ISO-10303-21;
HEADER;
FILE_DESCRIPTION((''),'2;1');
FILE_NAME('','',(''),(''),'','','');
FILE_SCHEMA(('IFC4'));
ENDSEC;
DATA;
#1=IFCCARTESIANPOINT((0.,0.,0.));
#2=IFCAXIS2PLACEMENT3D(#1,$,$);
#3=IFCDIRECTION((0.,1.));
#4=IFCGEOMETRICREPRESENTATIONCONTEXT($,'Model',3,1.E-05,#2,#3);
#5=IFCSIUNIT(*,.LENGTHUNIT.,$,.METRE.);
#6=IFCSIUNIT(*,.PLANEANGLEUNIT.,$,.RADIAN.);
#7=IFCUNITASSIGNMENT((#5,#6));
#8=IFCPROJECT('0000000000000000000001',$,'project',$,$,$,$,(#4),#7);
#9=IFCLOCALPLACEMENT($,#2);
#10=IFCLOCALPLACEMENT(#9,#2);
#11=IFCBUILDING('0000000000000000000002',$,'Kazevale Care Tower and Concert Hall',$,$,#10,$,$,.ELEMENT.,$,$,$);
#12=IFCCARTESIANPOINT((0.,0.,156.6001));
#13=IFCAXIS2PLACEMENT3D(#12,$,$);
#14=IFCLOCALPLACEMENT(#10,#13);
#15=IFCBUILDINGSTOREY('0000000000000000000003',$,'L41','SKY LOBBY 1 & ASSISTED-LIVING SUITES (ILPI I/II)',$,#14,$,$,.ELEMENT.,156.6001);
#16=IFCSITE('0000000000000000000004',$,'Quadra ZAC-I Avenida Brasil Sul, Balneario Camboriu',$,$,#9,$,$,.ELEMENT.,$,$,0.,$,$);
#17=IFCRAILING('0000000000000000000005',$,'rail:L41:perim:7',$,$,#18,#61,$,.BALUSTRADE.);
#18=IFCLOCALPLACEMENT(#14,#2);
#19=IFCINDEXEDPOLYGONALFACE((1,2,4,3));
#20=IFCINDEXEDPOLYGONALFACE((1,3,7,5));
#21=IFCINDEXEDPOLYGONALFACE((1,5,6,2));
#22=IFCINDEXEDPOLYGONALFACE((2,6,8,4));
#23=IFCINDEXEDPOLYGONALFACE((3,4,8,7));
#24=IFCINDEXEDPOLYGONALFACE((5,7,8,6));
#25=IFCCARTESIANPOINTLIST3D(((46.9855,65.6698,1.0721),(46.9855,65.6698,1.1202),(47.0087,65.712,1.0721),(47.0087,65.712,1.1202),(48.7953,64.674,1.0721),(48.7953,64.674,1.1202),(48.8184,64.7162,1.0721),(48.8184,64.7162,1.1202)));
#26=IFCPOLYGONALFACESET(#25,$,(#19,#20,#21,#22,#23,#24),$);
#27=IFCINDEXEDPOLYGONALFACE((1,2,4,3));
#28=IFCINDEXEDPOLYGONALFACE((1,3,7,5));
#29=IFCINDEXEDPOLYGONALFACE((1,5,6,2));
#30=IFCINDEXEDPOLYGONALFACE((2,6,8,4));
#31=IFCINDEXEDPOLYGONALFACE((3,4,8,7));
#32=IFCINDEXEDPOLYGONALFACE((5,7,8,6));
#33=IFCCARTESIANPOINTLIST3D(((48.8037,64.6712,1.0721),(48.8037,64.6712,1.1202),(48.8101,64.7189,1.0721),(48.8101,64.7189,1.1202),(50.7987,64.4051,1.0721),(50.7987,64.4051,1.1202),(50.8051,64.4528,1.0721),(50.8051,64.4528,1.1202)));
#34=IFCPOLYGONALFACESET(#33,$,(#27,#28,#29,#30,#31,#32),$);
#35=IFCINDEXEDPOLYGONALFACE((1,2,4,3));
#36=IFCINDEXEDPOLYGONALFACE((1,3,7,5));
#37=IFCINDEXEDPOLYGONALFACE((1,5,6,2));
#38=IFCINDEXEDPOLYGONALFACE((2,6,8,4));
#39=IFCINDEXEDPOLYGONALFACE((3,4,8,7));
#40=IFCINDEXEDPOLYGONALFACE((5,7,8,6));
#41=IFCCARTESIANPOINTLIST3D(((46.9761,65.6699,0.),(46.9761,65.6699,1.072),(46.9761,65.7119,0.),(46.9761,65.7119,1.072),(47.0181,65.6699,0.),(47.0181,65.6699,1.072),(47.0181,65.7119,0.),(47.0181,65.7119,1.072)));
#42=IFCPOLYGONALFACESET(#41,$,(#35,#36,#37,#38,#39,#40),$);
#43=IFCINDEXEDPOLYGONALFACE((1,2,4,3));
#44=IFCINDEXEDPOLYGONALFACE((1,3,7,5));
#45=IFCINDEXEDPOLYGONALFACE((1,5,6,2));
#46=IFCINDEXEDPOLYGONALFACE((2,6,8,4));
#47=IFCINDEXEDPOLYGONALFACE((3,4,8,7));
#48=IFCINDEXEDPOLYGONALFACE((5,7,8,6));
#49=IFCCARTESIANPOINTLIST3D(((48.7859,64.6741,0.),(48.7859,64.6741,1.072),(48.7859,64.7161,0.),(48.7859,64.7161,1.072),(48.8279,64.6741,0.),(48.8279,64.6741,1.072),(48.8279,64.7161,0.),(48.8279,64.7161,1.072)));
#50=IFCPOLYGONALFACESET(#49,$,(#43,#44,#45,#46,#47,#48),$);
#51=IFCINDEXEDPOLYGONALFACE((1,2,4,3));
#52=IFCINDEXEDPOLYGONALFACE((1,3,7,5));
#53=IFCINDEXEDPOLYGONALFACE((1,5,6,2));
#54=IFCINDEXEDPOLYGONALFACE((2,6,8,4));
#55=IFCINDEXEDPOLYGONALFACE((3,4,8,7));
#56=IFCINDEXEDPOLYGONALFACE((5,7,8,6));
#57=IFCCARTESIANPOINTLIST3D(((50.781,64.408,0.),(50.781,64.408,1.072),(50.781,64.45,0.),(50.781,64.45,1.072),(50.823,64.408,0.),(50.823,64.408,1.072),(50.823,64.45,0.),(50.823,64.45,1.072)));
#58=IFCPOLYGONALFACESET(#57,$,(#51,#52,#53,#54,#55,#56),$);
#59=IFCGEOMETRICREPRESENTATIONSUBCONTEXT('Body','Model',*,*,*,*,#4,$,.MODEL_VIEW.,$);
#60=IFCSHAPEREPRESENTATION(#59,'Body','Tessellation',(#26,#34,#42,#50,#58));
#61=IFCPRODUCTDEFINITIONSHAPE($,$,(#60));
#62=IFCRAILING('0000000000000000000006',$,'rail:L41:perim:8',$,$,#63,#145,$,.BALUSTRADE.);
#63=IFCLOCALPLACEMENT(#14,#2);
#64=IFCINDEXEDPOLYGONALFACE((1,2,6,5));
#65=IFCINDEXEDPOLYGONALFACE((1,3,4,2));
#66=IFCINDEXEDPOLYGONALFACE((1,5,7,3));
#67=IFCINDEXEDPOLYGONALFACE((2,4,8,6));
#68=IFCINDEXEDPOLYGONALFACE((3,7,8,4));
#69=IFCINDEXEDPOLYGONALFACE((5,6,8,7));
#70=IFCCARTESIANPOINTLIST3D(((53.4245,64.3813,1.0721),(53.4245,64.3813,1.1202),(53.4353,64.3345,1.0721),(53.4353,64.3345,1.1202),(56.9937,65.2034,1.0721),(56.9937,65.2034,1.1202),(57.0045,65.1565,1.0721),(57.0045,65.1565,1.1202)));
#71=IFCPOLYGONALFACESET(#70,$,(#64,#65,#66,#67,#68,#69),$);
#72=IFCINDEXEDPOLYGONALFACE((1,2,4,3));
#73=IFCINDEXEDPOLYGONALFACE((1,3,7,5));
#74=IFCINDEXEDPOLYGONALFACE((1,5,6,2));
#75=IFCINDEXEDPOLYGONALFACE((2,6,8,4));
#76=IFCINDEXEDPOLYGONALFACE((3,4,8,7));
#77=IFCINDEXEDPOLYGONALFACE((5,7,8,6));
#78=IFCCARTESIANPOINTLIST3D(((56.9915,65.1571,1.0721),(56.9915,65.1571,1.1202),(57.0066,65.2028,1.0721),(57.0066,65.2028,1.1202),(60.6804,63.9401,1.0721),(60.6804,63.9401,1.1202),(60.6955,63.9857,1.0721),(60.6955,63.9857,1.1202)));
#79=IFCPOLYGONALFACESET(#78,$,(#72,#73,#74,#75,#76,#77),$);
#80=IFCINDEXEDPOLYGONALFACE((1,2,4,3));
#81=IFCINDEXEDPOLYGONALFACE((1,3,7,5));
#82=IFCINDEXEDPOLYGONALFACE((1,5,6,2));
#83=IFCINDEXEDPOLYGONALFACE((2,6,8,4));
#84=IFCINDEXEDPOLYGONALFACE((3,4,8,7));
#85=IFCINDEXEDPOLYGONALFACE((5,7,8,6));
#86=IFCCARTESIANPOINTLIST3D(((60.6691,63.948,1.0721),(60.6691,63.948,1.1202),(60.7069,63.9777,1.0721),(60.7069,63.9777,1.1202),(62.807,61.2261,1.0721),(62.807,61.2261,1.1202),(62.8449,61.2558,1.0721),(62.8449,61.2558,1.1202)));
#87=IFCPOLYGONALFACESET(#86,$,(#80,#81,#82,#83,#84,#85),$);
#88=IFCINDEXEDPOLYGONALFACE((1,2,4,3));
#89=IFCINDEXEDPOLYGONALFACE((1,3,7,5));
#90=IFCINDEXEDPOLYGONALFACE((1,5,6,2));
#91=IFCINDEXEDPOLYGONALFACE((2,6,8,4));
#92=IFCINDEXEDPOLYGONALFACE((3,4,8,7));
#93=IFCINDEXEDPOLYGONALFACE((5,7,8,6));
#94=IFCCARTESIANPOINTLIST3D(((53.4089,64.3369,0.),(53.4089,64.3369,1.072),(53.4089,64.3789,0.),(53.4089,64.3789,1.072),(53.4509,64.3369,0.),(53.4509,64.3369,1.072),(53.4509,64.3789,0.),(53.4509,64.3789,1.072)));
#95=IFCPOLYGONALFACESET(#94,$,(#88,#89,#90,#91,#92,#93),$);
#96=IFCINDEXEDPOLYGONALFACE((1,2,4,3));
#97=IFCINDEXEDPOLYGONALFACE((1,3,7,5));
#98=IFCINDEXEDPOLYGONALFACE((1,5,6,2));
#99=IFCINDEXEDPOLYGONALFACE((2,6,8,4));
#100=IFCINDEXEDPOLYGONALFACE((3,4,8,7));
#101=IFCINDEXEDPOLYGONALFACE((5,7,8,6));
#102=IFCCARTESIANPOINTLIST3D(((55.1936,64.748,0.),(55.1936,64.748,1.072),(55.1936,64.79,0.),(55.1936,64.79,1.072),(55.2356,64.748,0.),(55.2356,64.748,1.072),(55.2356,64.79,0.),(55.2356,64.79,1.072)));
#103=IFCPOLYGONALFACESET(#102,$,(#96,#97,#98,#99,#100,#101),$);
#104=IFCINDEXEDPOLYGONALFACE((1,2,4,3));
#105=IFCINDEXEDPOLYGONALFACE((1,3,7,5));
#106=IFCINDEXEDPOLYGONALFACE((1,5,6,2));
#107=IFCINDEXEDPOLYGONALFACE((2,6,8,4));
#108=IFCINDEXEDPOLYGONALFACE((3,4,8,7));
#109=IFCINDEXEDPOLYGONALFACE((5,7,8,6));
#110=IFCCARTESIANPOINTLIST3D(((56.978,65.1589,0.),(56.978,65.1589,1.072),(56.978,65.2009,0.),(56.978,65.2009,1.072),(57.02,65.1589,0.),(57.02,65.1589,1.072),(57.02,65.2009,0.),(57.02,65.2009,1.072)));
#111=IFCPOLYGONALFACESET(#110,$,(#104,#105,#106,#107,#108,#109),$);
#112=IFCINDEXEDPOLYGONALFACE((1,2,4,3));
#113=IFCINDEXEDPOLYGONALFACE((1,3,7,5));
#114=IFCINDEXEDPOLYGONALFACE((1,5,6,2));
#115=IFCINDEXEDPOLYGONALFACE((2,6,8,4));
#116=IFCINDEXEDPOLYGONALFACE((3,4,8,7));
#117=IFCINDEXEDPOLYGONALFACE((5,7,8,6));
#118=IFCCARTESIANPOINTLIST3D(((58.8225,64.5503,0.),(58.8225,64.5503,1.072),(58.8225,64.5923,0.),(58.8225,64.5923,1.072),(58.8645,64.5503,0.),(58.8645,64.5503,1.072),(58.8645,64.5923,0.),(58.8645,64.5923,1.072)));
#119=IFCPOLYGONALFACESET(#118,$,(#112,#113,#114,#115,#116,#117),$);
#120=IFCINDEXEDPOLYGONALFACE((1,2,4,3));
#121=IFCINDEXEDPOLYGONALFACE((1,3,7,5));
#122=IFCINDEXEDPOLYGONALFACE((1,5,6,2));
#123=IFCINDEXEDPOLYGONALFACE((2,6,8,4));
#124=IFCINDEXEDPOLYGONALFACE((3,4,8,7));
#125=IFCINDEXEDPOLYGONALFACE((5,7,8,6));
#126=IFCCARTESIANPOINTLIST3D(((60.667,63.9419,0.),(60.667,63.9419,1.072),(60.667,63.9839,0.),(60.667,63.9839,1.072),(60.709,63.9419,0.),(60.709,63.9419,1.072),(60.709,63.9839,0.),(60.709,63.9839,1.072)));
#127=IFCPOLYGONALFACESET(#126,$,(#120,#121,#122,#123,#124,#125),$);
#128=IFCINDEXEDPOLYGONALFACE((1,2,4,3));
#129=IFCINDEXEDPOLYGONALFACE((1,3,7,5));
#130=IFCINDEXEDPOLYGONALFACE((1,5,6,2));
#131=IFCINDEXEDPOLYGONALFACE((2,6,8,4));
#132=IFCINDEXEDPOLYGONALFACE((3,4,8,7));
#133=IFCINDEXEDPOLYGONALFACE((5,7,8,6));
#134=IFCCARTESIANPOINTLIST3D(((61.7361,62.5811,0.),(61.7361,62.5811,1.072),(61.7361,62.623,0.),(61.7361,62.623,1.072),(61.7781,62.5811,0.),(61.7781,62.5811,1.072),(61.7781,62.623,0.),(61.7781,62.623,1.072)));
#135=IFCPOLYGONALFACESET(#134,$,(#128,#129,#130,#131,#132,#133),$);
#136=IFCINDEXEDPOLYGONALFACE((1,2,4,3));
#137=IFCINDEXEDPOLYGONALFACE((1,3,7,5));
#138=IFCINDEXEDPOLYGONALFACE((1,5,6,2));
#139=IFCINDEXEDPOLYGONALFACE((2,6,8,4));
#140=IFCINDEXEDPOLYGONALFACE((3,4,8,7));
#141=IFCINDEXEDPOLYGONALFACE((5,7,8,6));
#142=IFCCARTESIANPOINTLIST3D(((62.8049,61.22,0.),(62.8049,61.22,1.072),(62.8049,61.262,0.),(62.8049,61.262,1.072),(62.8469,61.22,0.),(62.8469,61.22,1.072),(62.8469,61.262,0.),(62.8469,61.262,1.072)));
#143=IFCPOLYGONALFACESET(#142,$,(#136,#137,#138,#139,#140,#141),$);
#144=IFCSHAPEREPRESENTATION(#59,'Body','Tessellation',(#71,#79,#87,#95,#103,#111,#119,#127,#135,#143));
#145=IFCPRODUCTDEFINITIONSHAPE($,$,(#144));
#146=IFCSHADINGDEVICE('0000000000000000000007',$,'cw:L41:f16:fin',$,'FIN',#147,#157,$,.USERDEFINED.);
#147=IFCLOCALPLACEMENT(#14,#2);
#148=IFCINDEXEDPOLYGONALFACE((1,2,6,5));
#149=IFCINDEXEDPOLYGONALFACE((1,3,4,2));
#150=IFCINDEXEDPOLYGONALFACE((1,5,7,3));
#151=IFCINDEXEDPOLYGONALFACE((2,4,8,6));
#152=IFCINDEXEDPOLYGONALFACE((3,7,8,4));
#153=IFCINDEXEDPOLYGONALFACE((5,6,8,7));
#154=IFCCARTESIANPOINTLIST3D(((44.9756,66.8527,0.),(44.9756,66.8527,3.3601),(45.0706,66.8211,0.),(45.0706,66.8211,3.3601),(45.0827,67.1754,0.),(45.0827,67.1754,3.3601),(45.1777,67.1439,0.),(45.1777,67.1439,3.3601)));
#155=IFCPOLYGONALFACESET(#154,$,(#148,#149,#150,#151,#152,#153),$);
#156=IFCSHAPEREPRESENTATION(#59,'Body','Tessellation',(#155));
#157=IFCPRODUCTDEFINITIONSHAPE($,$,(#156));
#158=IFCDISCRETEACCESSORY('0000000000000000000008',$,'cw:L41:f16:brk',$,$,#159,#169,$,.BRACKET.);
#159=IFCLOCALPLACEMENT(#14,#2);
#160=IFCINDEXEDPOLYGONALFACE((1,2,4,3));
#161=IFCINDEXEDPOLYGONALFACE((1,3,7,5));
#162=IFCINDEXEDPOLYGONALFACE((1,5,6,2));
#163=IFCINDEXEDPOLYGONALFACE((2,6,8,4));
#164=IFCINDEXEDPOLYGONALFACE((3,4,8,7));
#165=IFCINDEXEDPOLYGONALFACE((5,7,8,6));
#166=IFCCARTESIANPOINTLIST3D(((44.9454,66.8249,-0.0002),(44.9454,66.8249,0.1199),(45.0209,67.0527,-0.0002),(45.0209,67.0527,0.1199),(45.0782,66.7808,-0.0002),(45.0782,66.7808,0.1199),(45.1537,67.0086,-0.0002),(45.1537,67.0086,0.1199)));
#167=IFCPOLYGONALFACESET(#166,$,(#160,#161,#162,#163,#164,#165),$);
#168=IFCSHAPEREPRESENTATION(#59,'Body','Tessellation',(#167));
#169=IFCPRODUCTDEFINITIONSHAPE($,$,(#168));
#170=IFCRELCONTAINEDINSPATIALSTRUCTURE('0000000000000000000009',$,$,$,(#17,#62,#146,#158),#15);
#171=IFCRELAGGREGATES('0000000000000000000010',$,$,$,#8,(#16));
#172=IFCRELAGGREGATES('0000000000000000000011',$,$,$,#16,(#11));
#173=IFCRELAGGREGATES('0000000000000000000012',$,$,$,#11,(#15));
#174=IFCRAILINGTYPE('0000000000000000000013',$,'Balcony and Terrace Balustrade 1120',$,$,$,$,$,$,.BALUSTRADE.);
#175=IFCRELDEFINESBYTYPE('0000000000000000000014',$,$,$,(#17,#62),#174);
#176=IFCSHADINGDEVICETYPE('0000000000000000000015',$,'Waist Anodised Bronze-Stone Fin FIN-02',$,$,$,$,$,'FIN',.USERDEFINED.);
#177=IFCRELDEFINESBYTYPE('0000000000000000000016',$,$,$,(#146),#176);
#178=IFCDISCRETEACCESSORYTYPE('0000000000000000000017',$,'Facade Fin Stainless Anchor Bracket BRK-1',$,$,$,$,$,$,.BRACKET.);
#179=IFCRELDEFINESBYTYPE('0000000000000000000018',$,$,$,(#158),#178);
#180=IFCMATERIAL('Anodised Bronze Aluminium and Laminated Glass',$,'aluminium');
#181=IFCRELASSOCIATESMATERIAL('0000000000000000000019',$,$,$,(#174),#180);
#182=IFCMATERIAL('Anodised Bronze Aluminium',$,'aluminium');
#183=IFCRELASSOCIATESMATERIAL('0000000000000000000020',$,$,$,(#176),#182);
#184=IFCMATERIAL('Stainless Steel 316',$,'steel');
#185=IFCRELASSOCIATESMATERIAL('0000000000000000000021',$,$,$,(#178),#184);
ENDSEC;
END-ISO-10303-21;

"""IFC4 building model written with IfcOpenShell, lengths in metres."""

from ifc_helpers import new_model, si_unit, direction, frame, origin, origin_2d, place, context, subcontext, project, spatial, rectangle, extrude, material, type_object, element, save


model = new_model("IFC4")

# Units and contexts
model_context = context("Model", 3, precision=1e-05, world=origin(), true_north=direction((0.0, 1.0)))
body_context = subcontext(model_context, "Body", "Model", "MODEL_VIEW")
ifc_project = project(units=[si_unit("LENGTHUNIT", "METRE"), si_unit("PLANEANGLEUNIT", "RADIAN")], contexts=[model_context])

# Site, building, storey
site_placement = place(None, origin())
site = spatial("IfcSite", under=ifc_project, at=site_placement, Name="Quadra ZAC-I Avenida Brasil Sul, Balneario Camboriu", CompositionType="ELEMENT", RefElevation=0.0)
building_placement = place(site_placement, origin())
building = spatial("IfcBuilding", under=site, at=building_placement, Name="Kazevale Care Tower and Concert Hall", CompositionType="ELEMENT")
storey_placement = place(building_placement, frame((0.0, 0.0, 156.6001)))
storey = spatial("IfcBuildingStorey", under=building, at=storey_placement, Name="L41", Description="SKY LOBBY 1 & ASSISTED-LIVING SUITES (ILPI I/II)", CompositionType="ELEMENT", Elevation=156.6001)

# Railings
ifc_material_1 = material(Name="Anodised Bronze Aluminium and Laminated Glass", Category="aluminium")
railing_type = type_object("IfcRailingType", Name="Balcony and Terrace Balustrade 1120", PredefinedType="BALUSTRADE", material=ifc_material_1)
railing_1_placement = place(storey_placement, frame((46.9971, 65.6909, 0.0)))
element("IfcRailing", 1, at=railing_1_placement, inside=storey, type_object=railing_type, Name="rail:L41:perim:7", PredefinedType="BALUSTRADE", context=body_context, shape_type="SweptSolid", body=[
    extrude(rectangle(XDim=0.0481, YDim=0.0481, at=origin_2d()), frame((0.0, 0.0, 1.0962), z_axis=(0.876124, -0.482087, 0.0), x_axis=(0.482087, 0.876124, 0.0)), (0.0, 0.0, 1.0), 2.0657),
    extrude(rectangle(XDim=0.0481, YDim=0.0481, at=origin_2d()), frame((1.8098, -0.9958, 1.0962), z_axis=(0.991222, -0.132211, 0.0), x_axis=(0.132211, 0.991222, 0.0)), (0.0, 0.0, 1.0), 2.0127),
    extrude(rectangle(XDim=0.042, YDim=0.042, at=origin_2d()), origin(), (0.0, 0.0, 1.0), 1.072),
    extrude(rectangle(XDim=0.042, YDim=0.042, at=origin_2d()), frame((1.8098, -0.9958, 0.0)), (0.0, 0.0, 1.0), 1.072),
    extrude(rectangle(XDim=0.042, YDim=0.042, at=origin_2d()), frame((3.8049, -1.262, 0.0)), (0.0, 0.0, 1.0), 1.072),
])
railing_2_placement = place(storey_placement, frame((53.4299, 64.3579, 0.0)))
element("IfcRailing", 2, at=railing_2_placement, inside=storey, type_object=railing_type, Name="rail:L41:perim:8", PredefinedType="BALUSTRADE", context=body_context, shape_type="SweptSolid", body=[
    extrude(rectangle(XDim=0.0481, YDim=0.0481, at=origin_2d()), frame((0.0, 0.0, 1.0962), z_axis=(0.974488, 0.224441, 0.0), x_axis=(-0.224441, 0.974488, 0.0)), (0.0, 0.0, 1.0), 3.6626),
    extrude(rectangle(XDim=0.0481, YDim=0.0481, at=origin_2d()), frame((3.5691, 0.822, 1.0962), z_axis=(0.949653, -0.313304, 0.0), x_axis=(0.313304, 0.949653, 0.0)), (0.0, 0.0, 1.0), 3.8845),
    extrude(rectangle(XDim=0.0481, YDim=0.0481, at=origin_2d()), frame((7.2581, -0.395, 1.0962), z_axis=(0.617694, -0.786419, 0.0), x_axis=(0.786419, 0.617694, 0.0)), (0.0, 0.0, 1.0), 3.4612),
    extrude(rectangle(XDim=0.042, YDim=0.042, at=origin_2d()), origin(), (0.0, 0.0, 1.0), 1.072),
    extrude(rectangle(XDim=0.042, YDim=0.042, at=origin_2d()), frame((1.7847, 0.4111, 0.0)), (0.0, 0.0, 1.0), 1.072),
    extrude(rectangle(XDim=0.042, YDim=0.042, at=origin_2d()), frame((3.5691, 0.822, 0.0)), (0.0, 0.0, 1.0), 1.072),
    extrude(rectangle(XDim=0.042, YDim=0.042, at=origin_2d()), frame((5.4136, 0.2134, 0.0)), (0.0, 0.0, 1.0), 1.072),
    extrude(rectangle(XDim=0.042, YDim=0.042, at=origin_2d()), frame((7.2581, -0.395, 0.0)), (0.0, 0.0, 1.0), 1.072),
    extrude(rectangle(XDim=0.042, YDim=0.042, at=origin_2d()), frame((8.3271, -1.7559, 0.0)), (0.0, 0.0, 1.0), 1.072),
    extrude(rectangle(XDim=0.042, YDim=0.042, at=origin_2d()), frame((9.396, -3.1169, 0.0)), (0.0, 0.0, 1.0), 1.072),
])

# Shading device
ifc_material_2 = material(Name="Anodised Bronze Aluminium", Category="aluminium")
shading_device_type = type_object("IfcShadingDeviceType", Name="Waist Anodised Bronze-Stone Fin FIN-02", ElementType="FIN", PredefinedType="USERDEFINED", material=ifc_material_2)
shading_device_placement = place(storey_placement, frame((45.0767, 66.9983, 0.0), z_axis=(0.0, 0.0, 1.0), x_axis=(0.314821, 0.949151, 0.0)))
element("IfcShadingDevice", 3, at=shading_device_placement, inside=storey, type_object=shading_device_type, Name="cw:L41:f16:fin", ObjectType="FIN", PredefinedType="USERDEFINED", context=body_context, shape_type="SweptSolid", body=[
    extrude(rectangle(XDim=0.3401, YDim=0.1001, at=origin_2d()), origin(), (0.0, 0.0, 1.0), 3.3601),
])

# Discrete accessory
ifc_material_3 = material(Name="Stainless Steel 316", Category="steel")
discrete_accessory_type = type_object("IfcDiscreteAccessoryType", Name="Facade Fin Stainless Anchor Bracket BRK-1", PredefinedType="BRACKET", material=ifc_material_3)
discrete_accessory_placement = place(storey_placement, frame((45.0496, 66.9167, -0.0002), z_axis=(0.0, 0.0, 1.0), x_axis=(0.314821, 0.949151, 0.0)))
element("IfcDiscreteAccessory", 4, at=discrete_accessory_placement, inside=storey, type_object=discrete_accessory_type, Name="cw:L41:f16:brk", PredefinedType="BRACKET", context=body_context, shape_type="SweptSolid", body=[
    extrude(rectangle(XDim=0.24, YDim=0.1399, at=origin_2d()), origin(), (0.0, 0.0, 1.0), 0.1201),
])

save(model, "model.ifc")
